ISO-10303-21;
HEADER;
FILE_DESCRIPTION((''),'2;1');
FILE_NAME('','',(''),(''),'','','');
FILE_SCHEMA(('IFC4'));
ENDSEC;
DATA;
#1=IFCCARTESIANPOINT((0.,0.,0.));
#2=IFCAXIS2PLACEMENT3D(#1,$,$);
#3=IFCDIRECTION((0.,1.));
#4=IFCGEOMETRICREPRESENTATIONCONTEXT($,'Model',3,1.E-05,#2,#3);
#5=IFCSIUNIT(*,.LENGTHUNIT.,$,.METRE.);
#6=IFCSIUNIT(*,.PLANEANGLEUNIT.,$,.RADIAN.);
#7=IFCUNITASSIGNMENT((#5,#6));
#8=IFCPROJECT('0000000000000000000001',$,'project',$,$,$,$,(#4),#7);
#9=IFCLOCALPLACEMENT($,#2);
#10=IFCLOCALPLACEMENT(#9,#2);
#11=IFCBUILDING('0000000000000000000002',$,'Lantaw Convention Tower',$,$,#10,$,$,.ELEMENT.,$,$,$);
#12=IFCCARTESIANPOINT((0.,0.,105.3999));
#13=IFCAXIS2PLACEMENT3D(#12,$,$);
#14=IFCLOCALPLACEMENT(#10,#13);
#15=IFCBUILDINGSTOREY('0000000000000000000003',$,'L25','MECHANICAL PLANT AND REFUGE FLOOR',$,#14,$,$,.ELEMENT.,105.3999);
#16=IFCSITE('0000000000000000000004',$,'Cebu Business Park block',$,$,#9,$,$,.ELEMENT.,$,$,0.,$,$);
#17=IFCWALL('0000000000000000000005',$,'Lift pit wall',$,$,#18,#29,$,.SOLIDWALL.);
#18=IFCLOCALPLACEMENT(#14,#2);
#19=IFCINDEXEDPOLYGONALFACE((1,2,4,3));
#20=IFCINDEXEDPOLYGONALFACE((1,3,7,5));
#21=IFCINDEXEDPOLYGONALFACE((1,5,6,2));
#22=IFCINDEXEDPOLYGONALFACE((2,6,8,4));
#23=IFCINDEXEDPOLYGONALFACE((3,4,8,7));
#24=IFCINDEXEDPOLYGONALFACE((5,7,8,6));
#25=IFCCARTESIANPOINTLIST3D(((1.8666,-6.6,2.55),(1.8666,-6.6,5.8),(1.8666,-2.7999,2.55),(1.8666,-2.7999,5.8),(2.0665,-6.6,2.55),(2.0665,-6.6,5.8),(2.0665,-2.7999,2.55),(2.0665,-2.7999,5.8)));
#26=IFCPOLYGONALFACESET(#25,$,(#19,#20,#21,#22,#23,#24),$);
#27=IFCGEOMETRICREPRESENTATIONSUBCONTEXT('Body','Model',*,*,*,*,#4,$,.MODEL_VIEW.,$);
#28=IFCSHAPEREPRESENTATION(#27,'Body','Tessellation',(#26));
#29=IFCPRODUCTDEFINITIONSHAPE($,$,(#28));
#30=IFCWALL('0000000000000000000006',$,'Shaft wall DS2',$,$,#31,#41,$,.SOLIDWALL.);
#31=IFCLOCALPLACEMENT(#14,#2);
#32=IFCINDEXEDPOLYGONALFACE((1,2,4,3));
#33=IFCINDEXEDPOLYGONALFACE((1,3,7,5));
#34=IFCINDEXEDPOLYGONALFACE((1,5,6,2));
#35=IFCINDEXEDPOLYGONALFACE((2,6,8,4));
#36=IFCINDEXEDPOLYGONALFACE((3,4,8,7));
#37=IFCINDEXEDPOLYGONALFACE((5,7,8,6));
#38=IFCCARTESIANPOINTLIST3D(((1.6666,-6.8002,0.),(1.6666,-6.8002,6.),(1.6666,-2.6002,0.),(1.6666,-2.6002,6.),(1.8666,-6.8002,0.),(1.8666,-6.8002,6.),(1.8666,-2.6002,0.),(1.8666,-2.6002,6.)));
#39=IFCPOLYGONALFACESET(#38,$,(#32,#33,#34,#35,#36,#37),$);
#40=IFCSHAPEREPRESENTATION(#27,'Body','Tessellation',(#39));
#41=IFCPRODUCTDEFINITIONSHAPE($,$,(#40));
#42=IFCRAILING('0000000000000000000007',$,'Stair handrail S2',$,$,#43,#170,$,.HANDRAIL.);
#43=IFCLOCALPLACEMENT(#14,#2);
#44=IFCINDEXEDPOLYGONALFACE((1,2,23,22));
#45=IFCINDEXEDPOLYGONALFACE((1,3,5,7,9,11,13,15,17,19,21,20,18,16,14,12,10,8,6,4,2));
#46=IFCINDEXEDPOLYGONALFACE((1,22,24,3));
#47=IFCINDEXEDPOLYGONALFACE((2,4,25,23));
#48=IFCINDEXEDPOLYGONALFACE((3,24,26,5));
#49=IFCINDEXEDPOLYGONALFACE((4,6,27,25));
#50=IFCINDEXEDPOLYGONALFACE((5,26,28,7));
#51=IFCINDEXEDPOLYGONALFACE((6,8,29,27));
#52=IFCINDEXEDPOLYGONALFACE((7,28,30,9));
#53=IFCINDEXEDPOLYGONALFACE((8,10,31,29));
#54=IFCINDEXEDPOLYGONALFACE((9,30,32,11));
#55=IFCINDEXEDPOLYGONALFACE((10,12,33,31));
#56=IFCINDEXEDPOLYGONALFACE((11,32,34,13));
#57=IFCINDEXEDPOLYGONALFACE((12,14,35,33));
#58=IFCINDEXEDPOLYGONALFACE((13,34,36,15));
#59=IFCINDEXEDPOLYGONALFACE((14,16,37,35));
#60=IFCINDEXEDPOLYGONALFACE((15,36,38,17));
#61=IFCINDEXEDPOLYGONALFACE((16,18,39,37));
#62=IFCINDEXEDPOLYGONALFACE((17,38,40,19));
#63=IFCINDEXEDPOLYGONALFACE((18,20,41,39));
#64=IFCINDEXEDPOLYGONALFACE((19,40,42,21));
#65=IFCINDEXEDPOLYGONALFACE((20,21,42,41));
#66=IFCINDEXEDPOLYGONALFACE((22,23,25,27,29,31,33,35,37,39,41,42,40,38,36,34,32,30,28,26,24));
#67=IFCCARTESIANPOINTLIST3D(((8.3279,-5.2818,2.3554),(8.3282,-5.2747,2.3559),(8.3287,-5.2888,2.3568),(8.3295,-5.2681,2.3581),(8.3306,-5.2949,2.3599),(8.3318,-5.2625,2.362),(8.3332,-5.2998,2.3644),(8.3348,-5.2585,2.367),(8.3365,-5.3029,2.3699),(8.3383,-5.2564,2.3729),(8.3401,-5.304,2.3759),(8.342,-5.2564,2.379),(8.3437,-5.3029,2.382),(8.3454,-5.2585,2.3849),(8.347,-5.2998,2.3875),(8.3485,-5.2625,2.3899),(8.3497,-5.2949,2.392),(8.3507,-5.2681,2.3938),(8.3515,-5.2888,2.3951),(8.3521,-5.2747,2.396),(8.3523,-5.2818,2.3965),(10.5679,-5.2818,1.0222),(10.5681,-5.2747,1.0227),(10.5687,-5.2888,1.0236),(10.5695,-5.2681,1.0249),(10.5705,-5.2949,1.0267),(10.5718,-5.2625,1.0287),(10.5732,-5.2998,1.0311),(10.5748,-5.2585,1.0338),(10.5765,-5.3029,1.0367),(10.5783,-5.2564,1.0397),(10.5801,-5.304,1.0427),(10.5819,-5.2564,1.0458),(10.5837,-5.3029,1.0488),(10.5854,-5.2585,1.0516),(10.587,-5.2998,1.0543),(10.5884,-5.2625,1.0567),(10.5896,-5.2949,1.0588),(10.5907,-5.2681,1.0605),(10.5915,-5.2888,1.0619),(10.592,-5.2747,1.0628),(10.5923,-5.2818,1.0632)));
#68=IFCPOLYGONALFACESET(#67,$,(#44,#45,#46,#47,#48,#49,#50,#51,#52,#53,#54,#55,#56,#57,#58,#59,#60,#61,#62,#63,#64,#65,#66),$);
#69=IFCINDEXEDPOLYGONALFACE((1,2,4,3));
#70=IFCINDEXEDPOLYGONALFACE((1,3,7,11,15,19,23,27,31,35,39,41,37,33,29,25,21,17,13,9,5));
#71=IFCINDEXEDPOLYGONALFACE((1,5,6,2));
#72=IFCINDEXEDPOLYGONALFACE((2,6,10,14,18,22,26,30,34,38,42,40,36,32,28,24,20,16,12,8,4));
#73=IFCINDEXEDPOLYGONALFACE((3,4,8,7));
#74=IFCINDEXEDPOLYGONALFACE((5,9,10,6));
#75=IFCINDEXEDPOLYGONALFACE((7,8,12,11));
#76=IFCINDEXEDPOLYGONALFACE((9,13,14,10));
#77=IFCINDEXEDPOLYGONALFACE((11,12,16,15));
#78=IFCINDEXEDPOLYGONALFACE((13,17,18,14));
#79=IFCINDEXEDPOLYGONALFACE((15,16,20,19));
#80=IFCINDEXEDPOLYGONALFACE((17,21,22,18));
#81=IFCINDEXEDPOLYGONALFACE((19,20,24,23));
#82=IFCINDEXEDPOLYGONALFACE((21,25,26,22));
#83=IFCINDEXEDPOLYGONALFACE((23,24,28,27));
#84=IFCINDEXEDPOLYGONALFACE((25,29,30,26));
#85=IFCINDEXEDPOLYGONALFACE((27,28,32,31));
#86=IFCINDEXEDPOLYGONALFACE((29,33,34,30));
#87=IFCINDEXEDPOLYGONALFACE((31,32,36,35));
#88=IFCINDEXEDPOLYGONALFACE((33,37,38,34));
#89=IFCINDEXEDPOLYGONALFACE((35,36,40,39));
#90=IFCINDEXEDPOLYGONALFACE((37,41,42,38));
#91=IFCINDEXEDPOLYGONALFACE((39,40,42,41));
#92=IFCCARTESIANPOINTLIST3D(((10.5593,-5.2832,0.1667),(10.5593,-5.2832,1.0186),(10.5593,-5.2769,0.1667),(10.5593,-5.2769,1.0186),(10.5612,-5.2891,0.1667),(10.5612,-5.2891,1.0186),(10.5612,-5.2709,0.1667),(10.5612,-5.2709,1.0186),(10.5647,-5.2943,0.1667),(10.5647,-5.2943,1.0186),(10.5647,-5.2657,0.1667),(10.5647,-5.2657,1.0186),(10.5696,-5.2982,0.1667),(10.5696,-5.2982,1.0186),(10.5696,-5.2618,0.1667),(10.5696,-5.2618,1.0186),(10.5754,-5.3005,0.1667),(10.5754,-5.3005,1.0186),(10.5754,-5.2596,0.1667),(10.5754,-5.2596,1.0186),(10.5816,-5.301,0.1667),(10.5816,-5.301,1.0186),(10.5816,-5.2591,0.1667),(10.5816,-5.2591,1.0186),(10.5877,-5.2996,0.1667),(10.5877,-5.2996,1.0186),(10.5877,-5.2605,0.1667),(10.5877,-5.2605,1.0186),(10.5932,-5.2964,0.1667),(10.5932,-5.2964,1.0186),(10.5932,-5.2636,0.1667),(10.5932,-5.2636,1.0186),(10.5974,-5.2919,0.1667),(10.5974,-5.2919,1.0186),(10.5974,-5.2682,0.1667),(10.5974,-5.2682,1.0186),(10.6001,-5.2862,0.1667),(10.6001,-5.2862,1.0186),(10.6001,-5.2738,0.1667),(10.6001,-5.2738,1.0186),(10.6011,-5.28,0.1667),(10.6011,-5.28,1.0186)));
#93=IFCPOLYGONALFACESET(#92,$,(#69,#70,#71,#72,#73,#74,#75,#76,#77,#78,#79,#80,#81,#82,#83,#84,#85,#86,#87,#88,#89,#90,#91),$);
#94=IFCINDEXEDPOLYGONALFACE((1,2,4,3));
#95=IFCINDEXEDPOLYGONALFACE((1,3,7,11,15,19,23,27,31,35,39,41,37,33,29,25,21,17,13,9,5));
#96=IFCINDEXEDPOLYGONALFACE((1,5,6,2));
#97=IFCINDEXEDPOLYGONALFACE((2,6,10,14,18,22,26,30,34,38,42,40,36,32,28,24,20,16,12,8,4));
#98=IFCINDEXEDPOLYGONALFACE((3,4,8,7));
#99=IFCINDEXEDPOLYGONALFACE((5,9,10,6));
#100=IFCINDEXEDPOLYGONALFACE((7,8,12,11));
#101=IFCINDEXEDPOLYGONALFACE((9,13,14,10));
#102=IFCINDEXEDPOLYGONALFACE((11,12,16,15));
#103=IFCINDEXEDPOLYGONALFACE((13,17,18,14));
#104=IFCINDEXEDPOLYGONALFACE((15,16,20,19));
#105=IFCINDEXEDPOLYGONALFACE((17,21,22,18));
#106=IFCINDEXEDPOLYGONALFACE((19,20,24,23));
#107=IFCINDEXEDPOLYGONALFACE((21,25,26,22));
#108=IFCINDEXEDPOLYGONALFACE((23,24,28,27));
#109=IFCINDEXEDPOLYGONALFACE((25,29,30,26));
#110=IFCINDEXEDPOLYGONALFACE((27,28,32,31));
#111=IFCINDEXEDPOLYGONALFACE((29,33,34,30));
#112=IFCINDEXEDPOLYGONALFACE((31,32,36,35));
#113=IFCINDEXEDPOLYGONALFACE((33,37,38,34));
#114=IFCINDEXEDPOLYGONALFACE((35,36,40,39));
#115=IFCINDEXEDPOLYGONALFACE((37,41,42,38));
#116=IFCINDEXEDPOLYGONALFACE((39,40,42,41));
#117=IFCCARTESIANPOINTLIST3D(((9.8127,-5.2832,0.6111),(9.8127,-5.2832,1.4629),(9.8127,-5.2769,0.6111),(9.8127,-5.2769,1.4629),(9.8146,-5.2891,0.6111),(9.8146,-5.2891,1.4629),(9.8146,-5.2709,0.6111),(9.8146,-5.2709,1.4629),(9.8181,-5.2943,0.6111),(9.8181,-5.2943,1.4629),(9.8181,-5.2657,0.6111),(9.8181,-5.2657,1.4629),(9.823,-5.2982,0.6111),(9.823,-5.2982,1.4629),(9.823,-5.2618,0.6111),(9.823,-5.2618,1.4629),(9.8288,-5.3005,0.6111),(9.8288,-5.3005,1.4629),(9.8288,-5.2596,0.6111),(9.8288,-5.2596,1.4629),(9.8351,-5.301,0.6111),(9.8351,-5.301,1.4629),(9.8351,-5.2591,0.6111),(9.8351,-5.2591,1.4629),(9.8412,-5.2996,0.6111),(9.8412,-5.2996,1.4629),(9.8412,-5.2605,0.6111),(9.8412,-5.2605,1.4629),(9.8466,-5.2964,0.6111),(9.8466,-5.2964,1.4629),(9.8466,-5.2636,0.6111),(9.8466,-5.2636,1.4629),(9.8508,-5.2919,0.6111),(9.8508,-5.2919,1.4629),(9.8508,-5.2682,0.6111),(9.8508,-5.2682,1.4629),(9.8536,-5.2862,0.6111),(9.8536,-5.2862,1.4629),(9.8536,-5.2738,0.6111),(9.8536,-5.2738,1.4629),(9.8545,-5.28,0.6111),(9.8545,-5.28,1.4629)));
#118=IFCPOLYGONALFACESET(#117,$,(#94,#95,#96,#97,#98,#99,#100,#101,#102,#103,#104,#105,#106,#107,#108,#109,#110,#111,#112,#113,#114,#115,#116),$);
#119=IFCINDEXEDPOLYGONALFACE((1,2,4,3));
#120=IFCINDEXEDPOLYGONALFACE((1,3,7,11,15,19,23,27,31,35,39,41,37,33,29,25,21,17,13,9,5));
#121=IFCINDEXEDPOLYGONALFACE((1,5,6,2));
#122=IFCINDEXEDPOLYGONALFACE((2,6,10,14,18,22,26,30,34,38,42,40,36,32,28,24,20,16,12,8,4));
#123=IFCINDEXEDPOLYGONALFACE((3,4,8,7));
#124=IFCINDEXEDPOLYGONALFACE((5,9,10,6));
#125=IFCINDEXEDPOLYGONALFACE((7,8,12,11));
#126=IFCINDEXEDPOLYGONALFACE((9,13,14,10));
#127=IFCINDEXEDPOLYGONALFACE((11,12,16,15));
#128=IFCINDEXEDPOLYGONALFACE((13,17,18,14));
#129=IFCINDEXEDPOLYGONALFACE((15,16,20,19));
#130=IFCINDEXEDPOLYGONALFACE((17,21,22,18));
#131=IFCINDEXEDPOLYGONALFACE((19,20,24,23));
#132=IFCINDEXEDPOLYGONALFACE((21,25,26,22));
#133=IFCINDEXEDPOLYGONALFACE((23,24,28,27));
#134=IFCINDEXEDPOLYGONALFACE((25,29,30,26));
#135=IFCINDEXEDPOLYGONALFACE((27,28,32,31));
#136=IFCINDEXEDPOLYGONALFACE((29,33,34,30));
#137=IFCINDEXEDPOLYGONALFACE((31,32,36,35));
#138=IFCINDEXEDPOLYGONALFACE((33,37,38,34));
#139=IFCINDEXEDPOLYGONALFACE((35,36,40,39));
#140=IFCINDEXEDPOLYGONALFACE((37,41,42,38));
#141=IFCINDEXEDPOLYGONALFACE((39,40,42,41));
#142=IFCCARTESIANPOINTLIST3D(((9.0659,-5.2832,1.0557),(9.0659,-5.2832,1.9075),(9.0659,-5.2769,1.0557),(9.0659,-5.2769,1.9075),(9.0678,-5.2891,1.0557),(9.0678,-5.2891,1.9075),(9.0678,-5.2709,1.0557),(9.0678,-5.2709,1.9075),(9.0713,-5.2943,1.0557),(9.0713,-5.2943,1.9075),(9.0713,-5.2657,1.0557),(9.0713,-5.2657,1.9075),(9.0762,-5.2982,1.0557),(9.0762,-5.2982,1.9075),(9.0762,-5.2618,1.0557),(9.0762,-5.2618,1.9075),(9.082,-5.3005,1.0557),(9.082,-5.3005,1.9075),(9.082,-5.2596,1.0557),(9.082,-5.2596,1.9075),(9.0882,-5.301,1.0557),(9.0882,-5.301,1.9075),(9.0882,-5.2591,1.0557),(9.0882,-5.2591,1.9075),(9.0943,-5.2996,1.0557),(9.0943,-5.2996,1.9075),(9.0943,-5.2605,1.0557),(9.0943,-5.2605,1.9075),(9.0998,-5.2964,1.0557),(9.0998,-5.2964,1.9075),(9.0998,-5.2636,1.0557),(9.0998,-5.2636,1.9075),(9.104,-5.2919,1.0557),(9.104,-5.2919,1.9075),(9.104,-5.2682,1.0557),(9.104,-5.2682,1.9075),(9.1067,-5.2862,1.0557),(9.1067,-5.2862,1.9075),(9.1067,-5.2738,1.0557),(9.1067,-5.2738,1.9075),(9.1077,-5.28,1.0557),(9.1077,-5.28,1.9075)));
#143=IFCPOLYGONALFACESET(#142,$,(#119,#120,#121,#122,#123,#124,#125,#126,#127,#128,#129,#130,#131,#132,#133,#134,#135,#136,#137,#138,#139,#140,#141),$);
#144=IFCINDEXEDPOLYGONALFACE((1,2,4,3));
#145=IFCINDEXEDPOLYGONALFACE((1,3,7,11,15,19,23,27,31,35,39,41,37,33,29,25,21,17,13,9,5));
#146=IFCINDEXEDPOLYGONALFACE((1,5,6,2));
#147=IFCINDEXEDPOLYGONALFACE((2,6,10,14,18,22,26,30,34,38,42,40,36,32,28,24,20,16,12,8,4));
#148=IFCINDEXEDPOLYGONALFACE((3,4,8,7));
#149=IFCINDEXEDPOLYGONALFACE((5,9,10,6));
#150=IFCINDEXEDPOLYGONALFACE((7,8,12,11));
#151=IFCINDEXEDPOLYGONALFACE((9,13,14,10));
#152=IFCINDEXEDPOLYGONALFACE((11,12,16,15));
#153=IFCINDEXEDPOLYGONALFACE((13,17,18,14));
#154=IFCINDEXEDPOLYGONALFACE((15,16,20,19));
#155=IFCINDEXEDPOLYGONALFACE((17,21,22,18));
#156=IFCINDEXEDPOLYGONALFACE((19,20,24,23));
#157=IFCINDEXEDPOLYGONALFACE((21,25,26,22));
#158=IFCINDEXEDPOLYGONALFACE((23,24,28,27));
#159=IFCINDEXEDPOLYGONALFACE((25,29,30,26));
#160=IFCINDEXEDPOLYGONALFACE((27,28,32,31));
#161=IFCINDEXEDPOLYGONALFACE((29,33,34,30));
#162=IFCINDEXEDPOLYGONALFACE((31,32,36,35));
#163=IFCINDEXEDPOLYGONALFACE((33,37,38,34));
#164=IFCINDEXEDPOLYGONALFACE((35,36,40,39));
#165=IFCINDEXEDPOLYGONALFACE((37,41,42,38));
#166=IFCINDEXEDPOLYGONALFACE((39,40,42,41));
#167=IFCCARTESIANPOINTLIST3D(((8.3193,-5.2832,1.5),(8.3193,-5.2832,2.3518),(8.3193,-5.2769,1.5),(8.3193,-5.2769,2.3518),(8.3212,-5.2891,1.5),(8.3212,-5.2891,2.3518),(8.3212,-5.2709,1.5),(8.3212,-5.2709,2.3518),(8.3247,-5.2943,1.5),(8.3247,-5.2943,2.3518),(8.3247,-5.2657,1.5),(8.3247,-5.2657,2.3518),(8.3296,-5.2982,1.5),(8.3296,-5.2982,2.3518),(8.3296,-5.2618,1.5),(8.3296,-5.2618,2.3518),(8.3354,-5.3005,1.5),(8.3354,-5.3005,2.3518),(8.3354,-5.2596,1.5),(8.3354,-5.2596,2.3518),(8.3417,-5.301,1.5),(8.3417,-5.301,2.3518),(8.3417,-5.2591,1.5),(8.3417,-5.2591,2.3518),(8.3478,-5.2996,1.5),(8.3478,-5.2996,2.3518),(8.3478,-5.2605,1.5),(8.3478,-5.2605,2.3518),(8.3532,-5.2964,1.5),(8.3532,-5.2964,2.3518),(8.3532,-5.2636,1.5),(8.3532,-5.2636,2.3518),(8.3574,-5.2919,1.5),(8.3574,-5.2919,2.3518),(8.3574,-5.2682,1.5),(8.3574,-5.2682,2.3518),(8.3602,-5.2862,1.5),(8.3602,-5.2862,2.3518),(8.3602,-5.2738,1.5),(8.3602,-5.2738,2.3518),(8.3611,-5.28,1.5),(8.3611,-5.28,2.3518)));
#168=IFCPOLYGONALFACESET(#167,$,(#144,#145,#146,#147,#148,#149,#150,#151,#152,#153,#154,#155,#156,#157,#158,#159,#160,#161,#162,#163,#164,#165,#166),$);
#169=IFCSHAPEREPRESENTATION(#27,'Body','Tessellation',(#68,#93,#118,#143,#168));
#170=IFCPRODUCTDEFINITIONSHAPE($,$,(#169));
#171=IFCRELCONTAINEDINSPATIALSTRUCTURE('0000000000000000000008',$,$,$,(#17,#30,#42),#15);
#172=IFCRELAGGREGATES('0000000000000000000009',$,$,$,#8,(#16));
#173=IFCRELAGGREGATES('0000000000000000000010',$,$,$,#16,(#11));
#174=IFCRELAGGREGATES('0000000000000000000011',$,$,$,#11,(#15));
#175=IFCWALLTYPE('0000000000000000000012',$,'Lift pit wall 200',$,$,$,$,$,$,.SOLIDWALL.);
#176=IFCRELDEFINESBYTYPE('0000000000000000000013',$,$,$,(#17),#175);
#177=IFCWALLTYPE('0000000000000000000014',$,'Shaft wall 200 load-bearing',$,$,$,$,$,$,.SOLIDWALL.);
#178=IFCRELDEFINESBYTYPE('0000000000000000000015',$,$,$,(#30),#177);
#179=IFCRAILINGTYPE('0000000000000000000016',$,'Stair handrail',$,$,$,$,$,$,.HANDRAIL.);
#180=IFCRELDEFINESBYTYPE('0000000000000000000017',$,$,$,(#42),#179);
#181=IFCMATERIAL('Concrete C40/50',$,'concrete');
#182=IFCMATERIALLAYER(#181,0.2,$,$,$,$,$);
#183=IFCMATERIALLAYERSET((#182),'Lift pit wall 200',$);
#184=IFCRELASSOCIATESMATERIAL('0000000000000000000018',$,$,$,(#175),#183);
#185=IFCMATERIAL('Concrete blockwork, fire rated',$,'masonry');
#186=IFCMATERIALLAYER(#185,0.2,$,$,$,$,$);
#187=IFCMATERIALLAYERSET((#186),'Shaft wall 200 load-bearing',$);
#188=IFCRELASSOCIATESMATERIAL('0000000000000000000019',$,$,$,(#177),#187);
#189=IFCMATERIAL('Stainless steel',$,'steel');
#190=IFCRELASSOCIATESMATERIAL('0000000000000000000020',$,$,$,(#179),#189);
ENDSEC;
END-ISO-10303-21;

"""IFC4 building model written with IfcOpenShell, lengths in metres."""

from ifc_helpers import new_model, si_unit, direction, frame, frame_2d, origin, origin_2d, place, context, subcontext, project, spatial, rectangle, circle, extrude, material, layer, layer_set, type_object, element, save


model = new_model("IFC4")

# Units and contexts
model_context = context("Model", 3, precision=1e-05, world=origin(), true_north=direction((0.0, 1.0)))
body_context = subcontext(model_context, "Body", "Model", "MODEL_VIEW")
ifc_project = project(units=[si_unit("LENGTHUNIT", "METRE"), si_unit("PLANEANGLEUNIT", "RADIAN")], contexts=[model_context])

# Site, building, storey
site_placement = place(None, origin())
site = spatial("IfcSite", under=ifc_project, at=site_placement, Name="Cebu Business Park block", CompositionType="ELEMENT", RefElevation=0.0)
building_placement = place(site_placement, origin())
building = spatial("IfcBuilding", under=site, at=building_placement, Name="Lantaw Convention Tower", CompositionType="ELEMENT")
storey_placement = place(building_placement, frame((0.0, 0.0, 105.3999)))
storey = spatial("IfcBuildingStorey", under=building, at=storey_placement, Name="L25", Description="MECHANICAL PLANT AND REFUGE FLOOR", CompositionType="ELEMENT", Elevation=105.3999)

# Walls
ifc_material_1 = material(Name="Concrete C40/50", Category="concrete")
ifc_layer_1 = layer(ifc_material_1, 0.2)
ifc_layer_set_1 = layer_set([ifc_layer_1], Name="Lift pit wall 200")
wall_type_1 = type_object("IfcWallType", Name="Lift pit wall 200", PredefinedType="SOLIDWALL", material=ifc_layer_set_1)
wall_1_placement = place(storey_placement, frame((1.9666, -2.8, 2.55), z_axis=(0.0, 0.0, 1.0), x_axis=(0.0, -1.0, 0.0)))
element("IfcWall", 1, at=wall_1_placement, inside=storey, type_object=wall_type_1, Name="Lift pit wall", PredefinedType="SOLIDWALL", context=body_context, shape_type="SweptSolid", body=[
    extrude(rectangle(XDim=3.8, YDim=0.2, at=frame_2d((1.8999, 0.0))), origin(), (0.0, 0.0, 1.0), 3.25),
])
ifc_material_2 = material(Name="Concrete blockwork, fire rated", Category="masonry")
ifc_layer_2 = layer(ifc_material_2, 0.2)
ifc_layer_set_2 = layer_set([ifc_layer_2], Name="Shaft wall 200 load-bearing")
wall_type_2 = type_object("IfcWallType", Name="Shaft wall 200 load-bearing", PredefinedType="SOLIDWALL", material=ifc_layer_set_2)
wall_2_placement = place(storey_placement, frame((1.7666, -2.6001, 0.0), z_axis=(0.0, 0.0, 1.0), x_axis=(0.0, -1.0, 0.0)))
element("IfcWall", 2, at=wall_2_placement, inside=storey, type_object=wall_type_2, Name="Shaft wall DS2", PredefinedType="SOLIDWALL", context=body_context, shape_type="SweptSolid", body=[
    extrude(rectangle(XDim=4.2, YDim=0.2, at=frame_2d((2.1001, 0.0))), origin(), (0.0, 0.0, 1.0), 6.0),
])

# Railing
ifc_material_3 = material(Name="Stainless steel", Category="steel")
railing_type = type_object("IfcRailingType", Name="Stair handrail", PredefinedType="HANDRAIL", material=ifc_material_3)
railing_1_placement = place(storey_placement, frame((10.5801, -5.28, 0.1667)))
element("IfcRailing", 3, at=railing_1_placement, inside=storey, type_object=railing_type, Name="Stair handrail S2", PredefinedType="HANDRAIL", context=body_context, shape_type="SweptSolid", body=[
    extrude(circle(Radius=0.0239, at=origin_2d()), frame((0.0, 0.0, 0.876), z_axis=(-0.859306, 0.0, 0.511462), x_axis=(0.0, -1.0, 0.0)), (0.0, 0.0, 1.0), 2.6067),
    extrude(circle(Radius=0.021, at=origin_2d()), origin(), (0.0, 0.0, 1.0), 0.8518),
    extrude(circle(Radius=0.021, at=origin_2d()), frame((-0.7466, 0.0, 0.4443)), (0.0, 0.0, 1.0), 0.8518),
    extrude(circle(Radius=0.021, at=origin_2d()), frame((-1.4934, 0.0, 0.8889)), (0.0, 0.0, 1.0), 0.8518),
    extrude(circle(Radius=0.021, at=origin_2d()), frame((-2.24, 0.0, 1.3333)), (0.0, 0.0, 1.0), 0.8518),
])

save(model, "model.ifc")
